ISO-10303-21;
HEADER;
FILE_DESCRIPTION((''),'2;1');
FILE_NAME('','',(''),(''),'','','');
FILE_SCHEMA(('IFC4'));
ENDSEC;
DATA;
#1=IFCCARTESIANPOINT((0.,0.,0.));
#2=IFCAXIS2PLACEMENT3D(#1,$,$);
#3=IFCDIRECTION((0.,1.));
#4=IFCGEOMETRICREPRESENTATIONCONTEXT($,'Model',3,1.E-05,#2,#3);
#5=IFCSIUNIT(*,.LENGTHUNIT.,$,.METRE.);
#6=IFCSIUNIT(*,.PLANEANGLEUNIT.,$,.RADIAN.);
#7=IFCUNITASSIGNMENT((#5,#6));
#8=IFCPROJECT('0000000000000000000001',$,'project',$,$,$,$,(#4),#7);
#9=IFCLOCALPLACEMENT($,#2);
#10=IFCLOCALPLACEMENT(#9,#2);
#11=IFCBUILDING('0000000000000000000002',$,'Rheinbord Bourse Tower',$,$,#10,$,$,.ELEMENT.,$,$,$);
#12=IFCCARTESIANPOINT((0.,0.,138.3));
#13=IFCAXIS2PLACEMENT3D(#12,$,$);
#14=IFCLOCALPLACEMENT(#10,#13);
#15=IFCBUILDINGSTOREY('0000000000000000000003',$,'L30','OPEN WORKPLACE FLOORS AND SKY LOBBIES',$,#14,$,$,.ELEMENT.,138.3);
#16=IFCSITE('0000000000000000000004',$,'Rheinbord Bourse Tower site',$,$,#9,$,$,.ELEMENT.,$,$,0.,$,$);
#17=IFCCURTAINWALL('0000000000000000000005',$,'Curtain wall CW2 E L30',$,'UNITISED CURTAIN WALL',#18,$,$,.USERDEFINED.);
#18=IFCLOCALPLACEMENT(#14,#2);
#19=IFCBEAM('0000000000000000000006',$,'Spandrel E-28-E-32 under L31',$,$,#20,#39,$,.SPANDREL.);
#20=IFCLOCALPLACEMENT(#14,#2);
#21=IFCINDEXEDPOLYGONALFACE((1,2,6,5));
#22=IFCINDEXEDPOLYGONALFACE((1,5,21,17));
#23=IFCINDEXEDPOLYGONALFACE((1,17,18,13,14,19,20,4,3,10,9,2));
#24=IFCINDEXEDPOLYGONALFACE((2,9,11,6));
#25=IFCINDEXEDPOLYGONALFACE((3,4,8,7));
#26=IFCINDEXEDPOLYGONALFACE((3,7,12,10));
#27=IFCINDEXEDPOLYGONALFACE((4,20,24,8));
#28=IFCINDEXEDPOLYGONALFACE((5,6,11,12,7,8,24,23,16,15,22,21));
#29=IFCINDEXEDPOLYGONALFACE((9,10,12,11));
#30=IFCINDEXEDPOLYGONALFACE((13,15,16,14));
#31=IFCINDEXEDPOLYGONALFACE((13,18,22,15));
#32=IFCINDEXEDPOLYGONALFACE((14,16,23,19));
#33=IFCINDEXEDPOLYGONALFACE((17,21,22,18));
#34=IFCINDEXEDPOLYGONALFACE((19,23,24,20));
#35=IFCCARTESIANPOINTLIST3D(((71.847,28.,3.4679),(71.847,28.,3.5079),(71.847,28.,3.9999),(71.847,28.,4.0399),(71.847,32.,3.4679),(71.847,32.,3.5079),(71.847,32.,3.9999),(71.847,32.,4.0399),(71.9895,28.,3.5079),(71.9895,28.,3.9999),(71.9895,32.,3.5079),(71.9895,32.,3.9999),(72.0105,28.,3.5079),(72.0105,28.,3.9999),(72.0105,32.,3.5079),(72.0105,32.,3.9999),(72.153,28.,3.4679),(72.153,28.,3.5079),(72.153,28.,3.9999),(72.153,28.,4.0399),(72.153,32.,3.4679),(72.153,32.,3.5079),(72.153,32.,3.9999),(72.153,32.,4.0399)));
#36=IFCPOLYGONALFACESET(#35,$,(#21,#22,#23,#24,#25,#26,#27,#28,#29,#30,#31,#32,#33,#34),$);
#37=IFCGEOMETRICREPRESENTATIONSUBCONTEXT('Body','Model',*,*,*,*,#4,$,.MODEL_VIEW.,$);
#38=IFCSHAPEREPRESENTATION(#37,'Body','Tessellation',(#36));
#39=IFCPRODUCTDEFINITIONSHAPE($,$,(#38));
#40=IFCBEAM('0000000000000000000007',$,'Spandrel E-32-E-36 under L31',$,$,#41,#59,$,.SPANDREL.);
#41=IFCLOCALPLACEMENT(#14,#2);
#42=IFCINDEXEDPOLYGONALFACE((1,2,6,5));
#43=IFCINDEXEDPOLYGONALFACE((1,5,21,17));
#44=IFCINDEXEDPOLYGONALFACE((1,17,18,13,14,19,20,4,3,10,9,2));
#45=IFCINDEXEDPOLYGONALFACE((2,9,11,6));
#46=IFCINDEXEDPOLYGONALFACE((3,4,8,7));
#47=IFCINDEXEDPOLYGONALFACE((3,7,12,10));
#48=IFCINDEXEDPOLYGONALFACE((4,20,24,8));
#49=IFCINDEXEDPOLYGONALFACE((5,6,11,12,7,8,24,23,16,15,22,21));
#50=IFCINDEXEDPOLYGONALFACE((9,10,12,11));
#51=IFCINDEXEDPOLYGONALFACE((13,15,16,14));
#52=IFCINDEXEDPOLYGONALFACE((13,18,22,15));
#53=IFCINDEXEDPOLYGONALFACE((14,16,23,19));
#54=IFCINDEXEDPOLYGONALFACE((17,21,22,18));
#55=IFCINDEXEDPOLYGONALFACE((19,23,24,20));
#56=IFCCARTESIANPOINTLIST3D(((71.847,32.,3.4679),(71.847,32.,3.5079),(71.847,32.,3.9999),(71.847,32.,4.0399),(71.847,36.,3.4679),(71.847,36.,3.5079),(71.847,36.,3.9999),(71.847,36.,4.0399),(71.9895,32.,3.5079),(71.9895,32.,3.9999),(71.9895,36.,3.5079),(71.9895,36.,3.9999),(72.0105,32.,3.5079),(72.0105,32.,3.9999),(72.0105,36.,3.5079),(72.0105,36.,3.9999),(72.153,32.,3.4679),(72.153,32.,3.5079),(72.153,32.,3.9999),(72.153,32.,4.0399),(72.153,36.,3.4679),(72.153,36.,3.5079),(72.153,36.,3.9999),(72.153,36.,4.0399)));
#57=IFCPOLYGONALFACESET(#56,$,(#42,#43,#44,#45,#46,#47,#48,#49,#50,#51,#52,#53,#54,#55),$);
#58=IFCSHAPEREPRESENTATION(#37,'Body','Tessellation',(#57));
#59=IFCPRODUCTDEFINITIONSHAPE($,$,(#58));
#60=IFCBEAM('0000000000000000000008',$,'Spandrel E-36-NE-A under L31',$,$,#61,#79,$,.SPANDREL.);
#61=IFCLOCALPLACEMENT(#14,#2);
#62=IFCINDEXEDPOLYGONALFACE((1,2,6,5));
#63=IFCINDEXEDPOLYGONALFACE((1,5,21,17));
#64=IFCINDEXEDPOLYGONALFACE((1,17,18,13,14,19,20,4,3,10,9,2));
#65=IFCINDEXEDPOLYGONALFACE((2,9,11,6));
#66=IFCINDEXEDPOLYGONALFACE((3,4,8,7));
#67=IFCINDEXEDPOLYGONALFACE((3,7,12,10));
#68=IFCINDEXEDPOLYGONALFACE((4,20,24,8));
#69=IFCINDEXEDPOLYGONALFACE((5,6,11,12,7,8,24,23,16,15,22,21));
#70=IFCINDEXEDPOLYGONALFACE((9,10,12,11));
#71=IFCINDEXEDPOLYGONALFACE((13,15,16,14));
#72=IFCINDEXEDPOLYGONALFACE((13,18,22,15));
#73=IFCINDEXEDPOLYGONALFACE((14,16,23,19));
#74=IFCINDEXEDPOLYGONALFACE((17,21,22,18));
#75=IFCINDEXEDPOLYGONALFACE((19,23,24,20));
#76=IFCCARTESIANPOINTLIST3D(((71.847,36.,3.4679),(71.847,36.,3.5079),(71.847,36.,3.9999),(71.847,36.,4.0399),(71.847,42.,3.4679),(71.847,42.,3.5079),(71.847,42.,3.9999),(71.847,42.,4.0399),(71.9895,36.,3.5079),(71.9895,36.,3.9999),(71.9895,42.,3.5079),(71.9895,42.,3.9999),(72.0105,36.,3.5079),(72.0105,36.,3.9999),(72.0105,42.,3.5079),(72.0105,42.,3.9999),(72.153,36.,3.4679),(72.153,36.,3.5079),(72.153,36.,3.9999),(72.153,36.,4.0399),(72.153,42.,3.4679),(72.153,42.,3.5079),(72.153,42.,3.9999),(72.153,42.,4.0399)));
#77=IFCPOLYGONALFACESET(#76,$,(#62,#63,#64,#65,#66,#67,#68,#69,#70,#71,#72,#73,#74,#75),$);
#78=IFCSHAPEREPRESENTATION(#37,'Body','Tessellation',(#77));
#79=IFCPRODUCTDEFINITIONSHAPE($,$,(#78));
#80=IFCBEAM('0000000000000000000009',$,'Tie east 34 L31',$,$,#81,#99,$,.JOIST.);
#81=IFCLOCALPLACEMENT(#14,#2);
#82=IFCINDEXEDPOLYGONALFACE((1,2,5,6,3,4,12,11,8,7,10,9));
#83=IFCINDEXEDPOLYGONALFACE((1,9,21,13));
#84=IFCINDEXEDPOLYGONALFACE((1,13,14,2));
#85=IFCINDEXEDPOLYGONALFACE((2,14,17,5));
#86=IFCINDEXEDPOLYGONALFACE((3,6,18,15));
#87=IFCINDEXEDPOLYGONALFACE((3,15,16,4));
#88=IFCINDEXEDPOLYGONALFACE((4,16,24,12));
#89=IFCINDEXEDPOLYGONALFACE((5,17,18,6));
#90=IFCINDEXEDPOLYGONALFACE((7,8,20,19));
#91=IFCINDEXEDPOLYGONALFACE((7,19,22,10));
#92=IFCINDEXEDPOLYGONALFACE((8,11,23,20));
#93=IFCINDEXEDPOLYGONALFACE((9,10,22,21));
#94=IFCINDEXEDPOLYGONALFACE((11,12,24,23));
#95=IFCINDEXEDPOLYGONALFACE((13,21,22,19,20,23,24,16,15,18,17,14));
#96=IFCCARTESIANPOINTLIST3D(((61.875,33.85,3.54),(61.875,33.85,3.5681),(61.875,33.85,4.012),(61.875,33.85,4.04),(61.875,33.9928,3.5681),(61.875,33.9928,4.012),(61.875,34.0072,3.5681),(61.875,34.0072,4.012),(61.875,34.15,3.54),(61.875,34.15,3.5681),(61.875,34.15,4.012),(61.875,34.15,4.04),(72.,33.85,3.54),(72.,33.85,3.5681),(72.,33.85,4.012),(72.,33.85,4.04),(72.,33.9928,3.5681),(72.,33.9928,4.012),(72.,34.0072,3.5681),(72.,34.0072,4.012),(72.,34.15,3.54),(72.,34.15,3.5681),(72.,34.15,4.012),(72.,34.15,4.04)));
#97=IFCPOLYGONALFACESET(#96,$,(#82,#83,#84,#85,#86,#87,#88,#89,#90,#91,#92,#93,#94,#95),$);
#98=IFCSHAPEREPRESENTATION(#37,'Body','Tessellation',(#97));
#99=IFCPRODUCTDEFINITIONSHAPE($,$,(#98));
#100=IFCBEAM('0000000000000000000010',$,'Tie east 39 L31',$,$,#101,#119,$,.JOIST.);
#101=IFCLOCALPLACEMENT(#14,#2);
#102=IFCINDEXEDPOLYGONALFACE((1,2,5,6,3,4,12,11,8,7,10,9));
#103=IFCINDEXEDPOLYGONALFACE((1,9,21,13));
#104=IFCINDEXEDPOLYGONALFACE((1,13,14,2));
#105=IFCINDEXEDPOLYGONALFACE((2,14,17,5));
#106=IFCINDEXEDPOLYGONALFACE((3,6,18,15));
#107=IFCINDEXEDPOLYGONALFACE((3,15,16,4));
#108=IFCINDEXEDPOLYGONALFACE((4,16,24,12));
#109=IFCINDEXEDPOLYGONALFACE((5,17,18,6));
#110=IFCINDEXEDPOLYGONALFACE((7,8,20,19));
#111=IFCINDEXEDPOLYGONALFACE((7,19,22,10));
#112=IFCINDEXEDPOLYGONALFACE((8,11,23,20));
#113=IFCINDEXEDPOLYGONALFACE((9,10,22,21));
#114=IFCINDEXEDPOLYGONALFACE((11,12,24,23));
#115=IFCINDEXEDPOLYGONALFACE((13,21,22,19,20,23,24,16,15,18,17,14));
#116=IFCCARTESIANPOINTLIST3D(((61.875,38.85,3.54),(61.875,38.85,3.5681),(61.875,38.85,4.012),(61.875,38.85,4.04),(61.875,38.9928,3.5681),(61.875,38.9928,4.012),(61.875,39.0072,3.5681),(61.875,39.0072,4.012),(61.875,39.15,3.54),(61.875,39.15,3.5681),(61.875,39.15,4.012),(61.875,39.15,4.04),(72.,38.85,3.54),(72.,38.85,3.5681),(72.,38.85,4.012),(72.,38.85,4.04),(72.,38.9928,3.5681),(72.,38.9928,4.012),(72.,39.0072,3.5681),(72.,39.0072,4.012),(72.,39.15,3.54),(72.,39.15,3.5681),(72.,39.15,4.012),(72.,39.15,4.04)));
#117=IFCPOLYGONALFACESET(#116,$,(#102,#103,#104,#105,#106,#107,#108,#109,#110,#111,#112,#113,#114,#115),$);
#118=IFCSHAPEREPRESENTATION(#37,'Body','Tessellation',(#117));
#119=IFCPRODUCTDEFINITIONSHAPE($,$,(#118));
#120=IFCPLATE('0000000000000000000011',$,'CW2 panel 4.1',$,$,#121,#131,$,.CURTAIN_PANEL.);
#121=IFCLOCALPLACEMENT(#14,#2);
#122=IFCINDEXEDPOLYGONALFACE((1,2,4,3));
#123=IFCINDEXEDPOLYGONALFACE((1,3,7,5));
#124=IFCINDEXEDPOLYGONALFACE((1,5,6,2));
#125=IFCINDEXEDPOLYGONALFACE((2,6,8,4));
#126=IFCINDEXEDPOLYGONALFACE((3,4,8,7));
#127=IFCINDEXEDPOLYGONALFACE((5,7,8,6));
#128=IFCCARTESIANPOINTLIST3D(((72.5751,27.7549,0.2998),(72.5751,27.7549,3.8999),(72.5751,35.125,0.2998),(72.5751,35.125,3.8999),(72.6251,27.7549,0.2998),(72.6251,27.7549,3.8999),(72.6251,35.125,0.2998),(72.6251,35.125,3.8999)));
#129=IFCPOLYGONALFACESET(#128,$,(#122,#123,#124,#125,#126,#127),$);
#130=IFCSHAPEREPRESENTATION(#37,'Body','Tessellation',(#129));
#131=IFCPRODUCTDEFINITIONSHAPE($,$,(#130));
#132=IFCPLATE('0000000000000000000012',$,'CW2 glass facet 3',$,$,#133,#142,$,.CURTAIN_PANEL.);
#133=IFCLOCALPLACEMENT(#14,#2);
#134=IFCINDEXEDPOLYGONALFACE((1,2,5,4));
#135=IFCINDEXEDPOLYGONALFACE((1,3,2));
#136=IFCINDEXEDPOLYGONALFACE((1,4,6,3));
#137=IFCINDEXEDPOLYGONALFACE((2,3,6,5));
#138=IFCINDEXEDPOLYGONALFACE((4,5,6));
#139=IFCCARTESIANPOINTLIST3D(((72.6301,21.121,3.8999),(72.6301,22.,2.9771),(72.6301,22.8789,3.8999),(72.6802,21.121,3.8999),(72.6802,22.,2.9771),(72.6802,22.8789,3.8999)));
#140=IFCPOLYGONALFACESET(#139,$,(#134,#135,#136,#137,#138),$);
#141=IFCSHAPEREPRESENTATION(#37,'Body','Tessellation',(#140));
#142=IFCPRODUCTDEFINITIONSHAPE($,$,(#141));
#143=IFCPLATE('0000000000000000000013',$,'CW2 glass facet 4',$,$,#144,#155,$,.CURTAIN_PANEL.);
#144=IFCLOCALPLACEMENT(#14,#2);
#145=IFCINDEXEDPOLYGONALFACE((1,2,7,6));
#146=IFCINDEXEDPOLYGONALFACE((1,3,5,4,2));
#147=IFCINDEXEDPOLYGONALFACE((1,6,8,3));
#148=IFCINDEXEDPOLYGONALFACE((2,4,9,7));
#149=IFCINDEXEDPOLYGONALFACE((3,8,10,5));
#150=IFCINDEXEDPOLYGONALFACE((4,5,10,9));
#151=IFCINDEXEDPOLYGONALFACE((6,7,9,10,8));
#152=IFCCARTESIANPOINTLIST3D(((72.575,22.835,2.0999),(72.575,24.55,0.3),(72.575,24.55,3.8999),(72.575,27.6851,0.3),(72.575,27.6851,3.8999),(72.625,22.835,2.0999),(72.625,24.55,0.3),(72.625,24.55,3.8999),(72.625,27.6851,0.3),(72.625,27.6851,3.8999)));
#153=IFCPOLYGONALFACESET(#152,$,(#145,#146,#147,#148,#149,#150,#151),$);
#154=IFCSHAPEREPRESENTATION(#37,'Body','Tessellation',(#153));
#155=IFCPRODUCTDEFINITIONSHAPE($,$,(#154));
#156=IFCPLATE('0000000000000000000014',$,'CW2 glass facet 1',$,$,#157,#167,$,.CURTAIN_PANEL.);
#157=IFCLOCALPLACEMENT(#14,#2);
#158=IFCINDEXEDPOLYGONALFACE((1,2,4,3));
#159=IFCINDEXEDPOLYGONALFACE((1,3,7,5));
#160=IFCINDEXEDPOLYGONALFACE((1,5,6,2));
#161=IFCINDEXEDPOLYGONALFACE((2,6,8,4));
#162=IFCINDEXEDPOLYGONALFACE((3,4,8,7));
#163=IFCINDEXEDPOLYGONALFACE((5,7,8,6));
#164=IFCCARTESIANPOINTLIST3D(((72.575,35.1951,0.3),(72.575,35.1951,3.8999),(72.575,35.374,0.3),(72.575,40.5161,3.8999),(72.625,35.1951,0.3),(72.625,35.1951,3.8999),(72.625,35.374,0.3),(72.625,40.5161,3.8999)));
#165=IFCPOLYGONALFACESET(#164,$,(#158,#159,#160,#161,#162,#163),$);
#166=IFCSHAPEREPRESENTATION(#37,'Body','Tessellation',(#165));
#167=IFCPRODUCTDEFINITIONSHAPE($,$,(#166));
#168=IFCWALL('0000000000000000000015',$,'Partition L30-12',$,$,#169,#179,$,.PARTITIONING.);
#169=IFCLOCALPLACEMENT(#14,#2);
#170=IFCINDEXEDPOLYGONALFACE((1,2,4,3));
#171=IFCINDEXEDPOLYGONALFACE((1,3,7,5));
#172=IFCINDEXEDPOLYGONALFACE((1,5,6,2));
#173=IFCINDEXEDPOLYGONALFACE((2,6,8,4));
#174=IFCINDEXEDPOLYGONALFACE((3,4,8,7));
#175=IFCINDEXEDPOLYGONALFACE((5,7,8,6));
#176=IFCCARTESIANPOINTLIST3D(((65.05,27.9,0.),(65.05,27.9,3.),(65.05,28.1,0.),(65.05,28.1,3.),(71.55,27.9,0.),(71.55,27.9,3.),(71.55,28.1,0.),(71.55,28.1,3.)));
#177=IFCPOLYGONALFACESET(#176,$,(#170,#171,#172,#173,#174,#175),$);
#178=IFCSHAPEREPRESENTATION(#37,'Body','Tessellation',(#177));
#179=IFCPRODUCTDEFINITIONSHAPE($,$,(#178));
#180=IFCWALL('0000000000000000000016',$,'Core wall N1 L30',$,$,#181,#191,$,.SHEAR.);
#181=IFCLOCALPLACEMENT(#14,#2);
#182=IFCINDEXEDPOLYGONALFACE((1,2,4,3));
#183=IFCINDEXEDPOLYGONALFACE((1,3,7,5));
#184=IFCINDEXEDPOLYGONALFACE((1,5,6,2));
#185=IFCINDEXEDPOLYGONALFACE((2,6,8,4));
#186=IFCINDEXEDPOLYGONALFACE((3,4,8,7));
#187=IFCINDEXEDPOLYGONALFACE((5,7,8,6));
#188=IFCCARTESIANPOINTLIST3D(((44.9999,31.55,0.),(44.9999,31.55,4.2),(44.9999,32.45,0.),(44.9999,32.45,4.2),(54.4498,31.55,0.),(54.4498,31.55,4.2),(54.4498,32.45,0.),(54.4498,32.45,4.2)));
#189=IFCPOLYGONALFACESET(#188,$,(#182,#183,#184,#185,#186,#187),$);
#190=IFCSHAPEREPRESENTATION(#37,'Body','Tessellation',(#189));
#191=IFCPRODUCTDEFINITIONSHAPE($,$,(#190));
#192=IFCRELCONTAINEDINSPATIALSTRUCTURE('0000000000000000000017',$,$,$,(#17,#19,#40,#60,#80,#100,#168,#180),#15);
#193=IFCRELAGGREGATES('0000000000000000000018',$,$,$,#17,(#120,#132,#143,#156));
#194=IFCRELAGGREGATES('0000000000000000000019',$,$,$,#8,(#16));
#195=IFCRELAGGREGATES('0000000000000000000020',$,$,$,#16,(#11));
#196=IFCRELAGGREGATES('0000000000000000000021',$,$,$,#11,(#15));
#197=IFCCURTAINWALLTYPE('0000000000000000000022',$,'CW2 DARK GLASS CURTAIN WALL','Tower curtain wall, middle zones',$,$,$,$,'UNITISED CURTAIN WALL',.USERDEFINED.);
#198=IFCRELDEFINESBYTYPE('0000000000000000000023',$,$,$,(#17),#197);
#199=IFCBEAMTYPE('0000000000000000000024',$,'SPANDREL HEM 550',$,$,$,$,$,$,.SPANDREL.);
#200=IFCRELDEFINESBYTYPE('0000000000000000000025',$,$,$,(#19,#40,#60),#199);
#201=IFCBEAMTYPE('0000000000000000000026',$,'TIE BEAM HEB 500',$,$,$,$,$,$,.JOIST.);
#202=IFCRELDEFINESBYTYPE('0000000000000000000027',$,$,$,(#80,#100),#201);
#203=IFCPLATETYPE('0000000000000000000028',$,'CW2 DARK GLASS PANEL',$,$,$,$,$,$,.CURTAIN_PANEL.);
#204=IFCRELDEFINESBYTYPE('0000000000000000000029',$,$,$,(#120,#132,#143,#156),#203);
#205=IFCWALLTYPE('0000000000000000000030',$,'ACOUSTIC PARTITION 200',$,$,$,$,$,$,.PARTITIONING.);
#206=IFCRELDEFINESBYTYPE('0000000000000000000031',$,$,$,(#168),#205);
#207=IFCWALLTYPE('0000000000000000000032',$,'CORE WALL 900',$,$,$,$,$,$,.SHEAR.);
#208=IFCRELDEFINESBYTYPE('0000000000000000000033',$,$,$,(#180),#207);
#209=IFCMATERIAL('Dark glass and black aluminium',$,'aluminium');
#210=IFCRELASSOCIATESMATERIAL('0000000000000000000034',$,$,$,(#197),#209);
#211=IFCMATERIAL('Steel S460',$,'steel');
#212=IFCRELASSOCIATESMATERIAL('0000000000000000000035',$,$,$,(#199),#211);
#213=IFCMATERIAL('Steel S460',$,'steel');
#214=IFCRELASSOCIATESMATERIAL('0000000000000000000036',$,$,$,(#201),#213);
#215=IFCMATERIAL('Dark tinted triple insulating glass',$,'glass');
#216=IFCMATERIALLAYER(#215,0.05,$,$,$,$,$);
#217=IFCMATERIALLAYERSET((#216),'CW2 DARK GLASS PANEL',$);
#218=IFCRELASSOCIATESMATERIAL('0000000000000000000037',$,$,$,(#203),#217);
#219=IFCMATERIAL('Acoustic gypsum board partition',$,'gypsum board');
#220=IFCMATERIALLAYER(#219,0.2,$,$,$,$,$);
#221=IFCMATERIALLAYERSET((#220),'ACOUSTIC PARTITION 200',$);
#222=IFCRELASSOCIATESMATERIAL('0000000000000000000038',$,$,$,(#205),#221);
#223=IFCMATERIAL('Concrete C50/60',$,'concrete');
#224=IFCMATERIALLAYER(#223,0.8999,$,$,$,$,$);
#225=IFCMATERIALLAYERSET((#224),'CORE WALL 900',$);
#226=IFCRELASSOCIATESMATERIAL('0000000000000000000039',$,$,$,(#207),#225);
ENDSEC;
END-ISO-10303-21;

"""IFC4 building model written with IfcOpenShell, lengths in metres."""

from ifc_helpers import new_model, si_unit, direction, frame, frame_2d, origin, origin_2d, place, context, subcontext, project, spatial, polyline, rectangle, i_section, outline, extrude, material, layer, layer_set, material_profile, profile_set, type_object, element, aggregate, save


model = new_model("IFC4")

# Units and contexts
model_context = context("Model", 3, precision=1e-05, world=origin(), true_north=direction((0.0, 1.0)))
body_context = subcontext(model_context, "Body", "Model", "MODEL_VIEW")
ifc_project = project(units=[si_unit("LENGTHUNIT", "METRE"), si_unit("PLANEANGLEUNIT", "RADIAN")], contexts=[model_context])

# Site, building, storey
site_placement = place(None, origin())
site = spatial("IfcSite", under=ifc_project, at=site_placement, Name="Rheinbord Bourse Tower site", CompositionType="ELEMENT", RefElevation=0.0)
building_placement = place(site_placement, origin())
building = spatial("IfcBuilding", under=site, at=building_placement, Name="Rheinbord Bourse Tower", CompositionType="ELEMENT")
storey_placement = place(building_placement, frame((0.0, 0.0, 138.3)))
storey = spatial("IfcBuildingStorey", under=building, at=storey_placement, Name="L30", Description="OPEN WORKPLACE FLOORS AND SKY LOBBIES", CompositionType="ELEMENT", Elevation=138.3)

# Curtain wall
ifc_material_1 = material(Name="Dark glass and black aluminium", Category="aluminium")
curtain_wall_type = type_object("IfcCurtainWallType", Name="CW2 DARK GLASS CURTAIN WALL", Description="Tower curtain wall, middle zones", ElementType="UNITISED CURTAIN WALL", PredefinedType="USERDEFINED", material=ifc_material_1)
curtain_wall_placement = place(storey_placement, origin())
curtain_wall = element("IfcCurtainWall", 1, at=curtain_wall_placement, inside=storey, type_object=curtain_wall_type, Name="Curtain wall CW2 E L30", ObjectType="UNITISED CURTAIN WALL", PredefinedType="USERDEFINED")

# Beams
ifc_material_2 = material(Name="Steel S460", Category="steel")
ifc_material_profile_1 = material_profile(ifc_material_2, i_section(OverallWidth=0.3059, OverallDepth=0.572, WebThickness=0.021, FlangeThickness=0.04, at=origin_2d()), Name="HEM 550")
ifc_profile_set_1 = profile_set([ifc_material_profile_1], Name="Steel S460")
beam_type_1 = type_object("IfcBeamType", Name="SPANDREL HEM 550", PredefinedType="SPANDREL", material=ifc_profile_set_1)
for number, where, z_axis, x_axis, name in (
    (2, (72.0, 28.0, 3.7539), (0.0, 1.0, 0.0), (-1.0, 0.0, 0.0), "Spandrel E-28-E-32 under L31"),
    (3, (72.0, 32.0, 3.7539), (0.0, 1.0, 0.0), (-1.0, 0.0, 0.0), "Spandrel E-32-E-36 under L31"),
):
    element("IfcBeam", number, at=place(storey_placement, frame(where, z_axis=z_axis, x_axis=x_axis)), inside=storey, type_object=beam_type_1, Name=name, PredefinedType="SPANDREL", context=body_context, shape_type="SweptSolid", body=[
        extrude(i_section(OverallWidth=0.3059, OverallDepth=0.572, WebThickness=0.021, FlangeThickness=0.04, at=origin_2d()), origin(), (0.0, 0.0, 1.0), 4.0),
    ])
beam_1_placement = place(storey_placement, frame((72.0, 36.0, 3.7539), z_axis=(0.0, 1.0, 0.0), x_axis=(-1.0, 0.0, 0.0)))
element("IfcBeam", 4, at=beam_1_placement, inside=storey, type_object=beam_type_1, Name="Spandrel E-36-NE-A under L31", PredefinedType="SPANDREL", context=body_context, shape_type="SweptSolid", body=[
    extrude(i_section(OverallWidth=0.3059, OverallDepth=0.572, WebThickness=0.021, FlangeThickness=0.04, at=origin_2d()), origin(), (0.0, 0.0, 1.0), 6.0),
])
ifc_material_3 = material(Name="Steel S460", Category="steel")
ifc_material_profile_2 = material_profile(ifc_material_3, i_section(OverallWidth=0.3, OverallDepth=0.5, WebThickness=0.0144, FlangeThickness=0.0281, at=origin_2d()), Name="HEB 500")
ifc_profile_set_2 = profile_set([ifc_material_profile_2], Name="Steel S460")
beam_type_2 = type_object("IfcBeamType", Name="TIE BEAM HEB 500", PredefinedType="JOIST", material=ifc_profile_set_2)
for number, where, z_axis, x_axis, name in (
    (5, (61.875, 34.0, 3.79), (1.0, 0.0, 0.0), (0.0, 1.0, 0.0), "Tie east 34 L31"),
    (6, (61.875, 39.0, 3.79), (1.0, 0.0, 0.0), (0.0, 1.0, 0.0), "Tie east 39 L31"),
):
    element("IfcBeam", number, at=place(storey_placement, frame(where, z_axis=z_axis, x_axis=x_axis)), inside=storey, type_object=beam_type_2, Name=name, PredefinedType="JOIST", context=body_context, shape_type="SweptSolid", body=[
        extrude(i_section(OverallWidth=0.3, OverallDepth=0.5, WebThickness=0.0144, FlangeThickness=0.0281, at=origin_2d()), origin(), (0.0, 0.0, 1.0), 10.125),
    ])

# Plates
ifc_material_4 = material(Name="Dark tinted triple insulating glass", Category="glass")
ifc_layer_1 = layer(ifc_material_4, 0.05)
ifc_layer_set_1 = layer_set([ifc_layer_1], Name="CW2 DARK GLASS PANEL")
plate_type = type_object("IfcPlateType", Name="CW2 DARK GLASS PANEL", PredefinedType="CURTAIN_PANEL", material=ifc_layer_set_1)
plate_1_placement = place(storey_placement, frame((72.6001, 31.4399, 0.2998), z_axis=(0.0, 0.0, 1.0), x_axis=(0.0, 1.0, 0.0)))
plate_1 = element("IfcPlate", 7, at=plate_1_placement, type_object=plate_type, Name="CW2 panel 4.1", PredefinedType="CURTAIN_PANEL", context=body_context, shape_type="SweptSolid", body=[
    extrude(rectangle(XDim=7.3701, YDim=0.05, at=origin_2d()), origin(), (0.0, 0.0, 1.0), 3.6001),
])
plate_2_placement = place(storey_placement, frame((72.6802, 22.8789, 3.8999), z_axis=(-1.0, 0.0, 0.0), x_axis=(0.0, -0.689655, -0.724138)))
plate_2 = element("IfcPlate", 8, at=plate_2_placement, type_object=plate_type, Name="CW2 glass facet 3", PredefinedType="CURTAIN_PANEL", context=body_context, shape_type="SweptSolid", body=[
    extrude(outline(polyline([(0.0, 0.0), (1.2744, 0.0), (1.2124, 1.2729), (0.0, 0.0)])), origin(), (0.0, 0.0, 1.0), 0.05),
])
plate_3_placement = place(storey_placement, frame((72.625, 27.6851, 3.8999), z_axis=(-1.0, 0.0, 0.0), x_axis=(0.0, 0.0, -1.0)))
plate_3 = element("IfcPlate", 9, at=plate_3_placement, type_object=plate_type, Name="CW2 glass facet 4", PredefinedType="CURTAIN_PANEL", context=body_context, shape_type="SweptSolid", body=[
    extrude(outline(polyline([(0.0, 0.0), (3.5999, 0.0), (3.5999, 3.135), (1.8, 4.8501), (0.0, 3.135), (0.0, 0.0)])), origin(), (0.0, 0.0, 1.0), 0.05),
])
plate_4_placement = place(storey_placement, frame((72.625, 35.1951, 0.3), z_axis=(-1.0, 0.0, 0.0), x_axis=(0.0, 0.0, 1.0)))
plate_4 = element("IfcPlate", 10, at=plate_4_placement, type_object=plate_type, Name="CW2 glass facet 1", PredefinedType="CURTAIN_PANEL", context=body_context, shape_type="SweptSolid", body=[
    extrude(outline(polyline([(0.0, 0.0), (3.5999, 0.0), (3.5999, 5.321), (0.0, 0.179), (0.0, 0.0)])), origin(), (0.0, 0.0, 1.0), 0.05),
])
aggregate(curtain_wall, [plate_1, plate_2, plate_3, plate_4])

# Walls
ifc_material_5 = material(Name="Acoustic gypsum board partition", Category="gypsum board")
ifc_layer_2 = layer(ifc_material_5, 0.2)
ifc_layer_set_2 = layer_set([ifc_layer_2], Name="ACOUSTIC PARTITION 200")
wall_type_1 = type_object("IfcWallType", Name="ACOUSTIC PARTITION 200", PredefinedType="PARTITIONING", material=ifc_layer_set_2)
wall_1_placement = place(storey_placement, frame((65.05, 28.0, 0.0), z_axis=(0.0, 0.0, 1.0), x_axis=(1.0, 0.0, 0.0)))
element("IfcWall", 11, at=wall_1_placement, inside=storey, type_object=wall_type_1, Name="Partition L30-12", PredefinedType="PARTITIONING", context=body_context, shape_type="SweptSolid", body=[
    extrude(rectangle(XDim=6.5, YDim=0.2, at=frame_2d((3.25, 0.0))), origin(), (0.0, 0.0, 1.0), 3.0),
])
ifc_material_6 = material(Name="Concrete C50/60", Category="concrete")
ifc_layer_3 = layer(ifc_material_6, 0.8999)
ifc_layer_set_3 = layer_set([ifc_layer_3], Name="CORE WALL 900")
wall_type_2 = type_object("IfcWallType", Name="CORE WALL 900", PredefinedType="SHEAR", material=ifc_layer_set_3)
wall_2_placement = place(storey_placement, frame((54.45, 32.0, 0.0), z_axis=(0.0, 0.0, 1.0), x_axis=(-1.0, 0.0, 0.0)))
element("IfcWall", 12, at=wall_2_placement, inside=storey, type_object=wall_type_2, Name="Core wall N1 L30", PredefinedType="SHEAR", context=body_context, shape_type="SweptSolid", body=[
    extrude(rectangle(XDim=9.45, YDim=0.8999, at=frame_2d((4.7251, 0.0))), origin(), (0.0, 0.0, 1.0), 4.2),
])

save(model, "model.ifc")
